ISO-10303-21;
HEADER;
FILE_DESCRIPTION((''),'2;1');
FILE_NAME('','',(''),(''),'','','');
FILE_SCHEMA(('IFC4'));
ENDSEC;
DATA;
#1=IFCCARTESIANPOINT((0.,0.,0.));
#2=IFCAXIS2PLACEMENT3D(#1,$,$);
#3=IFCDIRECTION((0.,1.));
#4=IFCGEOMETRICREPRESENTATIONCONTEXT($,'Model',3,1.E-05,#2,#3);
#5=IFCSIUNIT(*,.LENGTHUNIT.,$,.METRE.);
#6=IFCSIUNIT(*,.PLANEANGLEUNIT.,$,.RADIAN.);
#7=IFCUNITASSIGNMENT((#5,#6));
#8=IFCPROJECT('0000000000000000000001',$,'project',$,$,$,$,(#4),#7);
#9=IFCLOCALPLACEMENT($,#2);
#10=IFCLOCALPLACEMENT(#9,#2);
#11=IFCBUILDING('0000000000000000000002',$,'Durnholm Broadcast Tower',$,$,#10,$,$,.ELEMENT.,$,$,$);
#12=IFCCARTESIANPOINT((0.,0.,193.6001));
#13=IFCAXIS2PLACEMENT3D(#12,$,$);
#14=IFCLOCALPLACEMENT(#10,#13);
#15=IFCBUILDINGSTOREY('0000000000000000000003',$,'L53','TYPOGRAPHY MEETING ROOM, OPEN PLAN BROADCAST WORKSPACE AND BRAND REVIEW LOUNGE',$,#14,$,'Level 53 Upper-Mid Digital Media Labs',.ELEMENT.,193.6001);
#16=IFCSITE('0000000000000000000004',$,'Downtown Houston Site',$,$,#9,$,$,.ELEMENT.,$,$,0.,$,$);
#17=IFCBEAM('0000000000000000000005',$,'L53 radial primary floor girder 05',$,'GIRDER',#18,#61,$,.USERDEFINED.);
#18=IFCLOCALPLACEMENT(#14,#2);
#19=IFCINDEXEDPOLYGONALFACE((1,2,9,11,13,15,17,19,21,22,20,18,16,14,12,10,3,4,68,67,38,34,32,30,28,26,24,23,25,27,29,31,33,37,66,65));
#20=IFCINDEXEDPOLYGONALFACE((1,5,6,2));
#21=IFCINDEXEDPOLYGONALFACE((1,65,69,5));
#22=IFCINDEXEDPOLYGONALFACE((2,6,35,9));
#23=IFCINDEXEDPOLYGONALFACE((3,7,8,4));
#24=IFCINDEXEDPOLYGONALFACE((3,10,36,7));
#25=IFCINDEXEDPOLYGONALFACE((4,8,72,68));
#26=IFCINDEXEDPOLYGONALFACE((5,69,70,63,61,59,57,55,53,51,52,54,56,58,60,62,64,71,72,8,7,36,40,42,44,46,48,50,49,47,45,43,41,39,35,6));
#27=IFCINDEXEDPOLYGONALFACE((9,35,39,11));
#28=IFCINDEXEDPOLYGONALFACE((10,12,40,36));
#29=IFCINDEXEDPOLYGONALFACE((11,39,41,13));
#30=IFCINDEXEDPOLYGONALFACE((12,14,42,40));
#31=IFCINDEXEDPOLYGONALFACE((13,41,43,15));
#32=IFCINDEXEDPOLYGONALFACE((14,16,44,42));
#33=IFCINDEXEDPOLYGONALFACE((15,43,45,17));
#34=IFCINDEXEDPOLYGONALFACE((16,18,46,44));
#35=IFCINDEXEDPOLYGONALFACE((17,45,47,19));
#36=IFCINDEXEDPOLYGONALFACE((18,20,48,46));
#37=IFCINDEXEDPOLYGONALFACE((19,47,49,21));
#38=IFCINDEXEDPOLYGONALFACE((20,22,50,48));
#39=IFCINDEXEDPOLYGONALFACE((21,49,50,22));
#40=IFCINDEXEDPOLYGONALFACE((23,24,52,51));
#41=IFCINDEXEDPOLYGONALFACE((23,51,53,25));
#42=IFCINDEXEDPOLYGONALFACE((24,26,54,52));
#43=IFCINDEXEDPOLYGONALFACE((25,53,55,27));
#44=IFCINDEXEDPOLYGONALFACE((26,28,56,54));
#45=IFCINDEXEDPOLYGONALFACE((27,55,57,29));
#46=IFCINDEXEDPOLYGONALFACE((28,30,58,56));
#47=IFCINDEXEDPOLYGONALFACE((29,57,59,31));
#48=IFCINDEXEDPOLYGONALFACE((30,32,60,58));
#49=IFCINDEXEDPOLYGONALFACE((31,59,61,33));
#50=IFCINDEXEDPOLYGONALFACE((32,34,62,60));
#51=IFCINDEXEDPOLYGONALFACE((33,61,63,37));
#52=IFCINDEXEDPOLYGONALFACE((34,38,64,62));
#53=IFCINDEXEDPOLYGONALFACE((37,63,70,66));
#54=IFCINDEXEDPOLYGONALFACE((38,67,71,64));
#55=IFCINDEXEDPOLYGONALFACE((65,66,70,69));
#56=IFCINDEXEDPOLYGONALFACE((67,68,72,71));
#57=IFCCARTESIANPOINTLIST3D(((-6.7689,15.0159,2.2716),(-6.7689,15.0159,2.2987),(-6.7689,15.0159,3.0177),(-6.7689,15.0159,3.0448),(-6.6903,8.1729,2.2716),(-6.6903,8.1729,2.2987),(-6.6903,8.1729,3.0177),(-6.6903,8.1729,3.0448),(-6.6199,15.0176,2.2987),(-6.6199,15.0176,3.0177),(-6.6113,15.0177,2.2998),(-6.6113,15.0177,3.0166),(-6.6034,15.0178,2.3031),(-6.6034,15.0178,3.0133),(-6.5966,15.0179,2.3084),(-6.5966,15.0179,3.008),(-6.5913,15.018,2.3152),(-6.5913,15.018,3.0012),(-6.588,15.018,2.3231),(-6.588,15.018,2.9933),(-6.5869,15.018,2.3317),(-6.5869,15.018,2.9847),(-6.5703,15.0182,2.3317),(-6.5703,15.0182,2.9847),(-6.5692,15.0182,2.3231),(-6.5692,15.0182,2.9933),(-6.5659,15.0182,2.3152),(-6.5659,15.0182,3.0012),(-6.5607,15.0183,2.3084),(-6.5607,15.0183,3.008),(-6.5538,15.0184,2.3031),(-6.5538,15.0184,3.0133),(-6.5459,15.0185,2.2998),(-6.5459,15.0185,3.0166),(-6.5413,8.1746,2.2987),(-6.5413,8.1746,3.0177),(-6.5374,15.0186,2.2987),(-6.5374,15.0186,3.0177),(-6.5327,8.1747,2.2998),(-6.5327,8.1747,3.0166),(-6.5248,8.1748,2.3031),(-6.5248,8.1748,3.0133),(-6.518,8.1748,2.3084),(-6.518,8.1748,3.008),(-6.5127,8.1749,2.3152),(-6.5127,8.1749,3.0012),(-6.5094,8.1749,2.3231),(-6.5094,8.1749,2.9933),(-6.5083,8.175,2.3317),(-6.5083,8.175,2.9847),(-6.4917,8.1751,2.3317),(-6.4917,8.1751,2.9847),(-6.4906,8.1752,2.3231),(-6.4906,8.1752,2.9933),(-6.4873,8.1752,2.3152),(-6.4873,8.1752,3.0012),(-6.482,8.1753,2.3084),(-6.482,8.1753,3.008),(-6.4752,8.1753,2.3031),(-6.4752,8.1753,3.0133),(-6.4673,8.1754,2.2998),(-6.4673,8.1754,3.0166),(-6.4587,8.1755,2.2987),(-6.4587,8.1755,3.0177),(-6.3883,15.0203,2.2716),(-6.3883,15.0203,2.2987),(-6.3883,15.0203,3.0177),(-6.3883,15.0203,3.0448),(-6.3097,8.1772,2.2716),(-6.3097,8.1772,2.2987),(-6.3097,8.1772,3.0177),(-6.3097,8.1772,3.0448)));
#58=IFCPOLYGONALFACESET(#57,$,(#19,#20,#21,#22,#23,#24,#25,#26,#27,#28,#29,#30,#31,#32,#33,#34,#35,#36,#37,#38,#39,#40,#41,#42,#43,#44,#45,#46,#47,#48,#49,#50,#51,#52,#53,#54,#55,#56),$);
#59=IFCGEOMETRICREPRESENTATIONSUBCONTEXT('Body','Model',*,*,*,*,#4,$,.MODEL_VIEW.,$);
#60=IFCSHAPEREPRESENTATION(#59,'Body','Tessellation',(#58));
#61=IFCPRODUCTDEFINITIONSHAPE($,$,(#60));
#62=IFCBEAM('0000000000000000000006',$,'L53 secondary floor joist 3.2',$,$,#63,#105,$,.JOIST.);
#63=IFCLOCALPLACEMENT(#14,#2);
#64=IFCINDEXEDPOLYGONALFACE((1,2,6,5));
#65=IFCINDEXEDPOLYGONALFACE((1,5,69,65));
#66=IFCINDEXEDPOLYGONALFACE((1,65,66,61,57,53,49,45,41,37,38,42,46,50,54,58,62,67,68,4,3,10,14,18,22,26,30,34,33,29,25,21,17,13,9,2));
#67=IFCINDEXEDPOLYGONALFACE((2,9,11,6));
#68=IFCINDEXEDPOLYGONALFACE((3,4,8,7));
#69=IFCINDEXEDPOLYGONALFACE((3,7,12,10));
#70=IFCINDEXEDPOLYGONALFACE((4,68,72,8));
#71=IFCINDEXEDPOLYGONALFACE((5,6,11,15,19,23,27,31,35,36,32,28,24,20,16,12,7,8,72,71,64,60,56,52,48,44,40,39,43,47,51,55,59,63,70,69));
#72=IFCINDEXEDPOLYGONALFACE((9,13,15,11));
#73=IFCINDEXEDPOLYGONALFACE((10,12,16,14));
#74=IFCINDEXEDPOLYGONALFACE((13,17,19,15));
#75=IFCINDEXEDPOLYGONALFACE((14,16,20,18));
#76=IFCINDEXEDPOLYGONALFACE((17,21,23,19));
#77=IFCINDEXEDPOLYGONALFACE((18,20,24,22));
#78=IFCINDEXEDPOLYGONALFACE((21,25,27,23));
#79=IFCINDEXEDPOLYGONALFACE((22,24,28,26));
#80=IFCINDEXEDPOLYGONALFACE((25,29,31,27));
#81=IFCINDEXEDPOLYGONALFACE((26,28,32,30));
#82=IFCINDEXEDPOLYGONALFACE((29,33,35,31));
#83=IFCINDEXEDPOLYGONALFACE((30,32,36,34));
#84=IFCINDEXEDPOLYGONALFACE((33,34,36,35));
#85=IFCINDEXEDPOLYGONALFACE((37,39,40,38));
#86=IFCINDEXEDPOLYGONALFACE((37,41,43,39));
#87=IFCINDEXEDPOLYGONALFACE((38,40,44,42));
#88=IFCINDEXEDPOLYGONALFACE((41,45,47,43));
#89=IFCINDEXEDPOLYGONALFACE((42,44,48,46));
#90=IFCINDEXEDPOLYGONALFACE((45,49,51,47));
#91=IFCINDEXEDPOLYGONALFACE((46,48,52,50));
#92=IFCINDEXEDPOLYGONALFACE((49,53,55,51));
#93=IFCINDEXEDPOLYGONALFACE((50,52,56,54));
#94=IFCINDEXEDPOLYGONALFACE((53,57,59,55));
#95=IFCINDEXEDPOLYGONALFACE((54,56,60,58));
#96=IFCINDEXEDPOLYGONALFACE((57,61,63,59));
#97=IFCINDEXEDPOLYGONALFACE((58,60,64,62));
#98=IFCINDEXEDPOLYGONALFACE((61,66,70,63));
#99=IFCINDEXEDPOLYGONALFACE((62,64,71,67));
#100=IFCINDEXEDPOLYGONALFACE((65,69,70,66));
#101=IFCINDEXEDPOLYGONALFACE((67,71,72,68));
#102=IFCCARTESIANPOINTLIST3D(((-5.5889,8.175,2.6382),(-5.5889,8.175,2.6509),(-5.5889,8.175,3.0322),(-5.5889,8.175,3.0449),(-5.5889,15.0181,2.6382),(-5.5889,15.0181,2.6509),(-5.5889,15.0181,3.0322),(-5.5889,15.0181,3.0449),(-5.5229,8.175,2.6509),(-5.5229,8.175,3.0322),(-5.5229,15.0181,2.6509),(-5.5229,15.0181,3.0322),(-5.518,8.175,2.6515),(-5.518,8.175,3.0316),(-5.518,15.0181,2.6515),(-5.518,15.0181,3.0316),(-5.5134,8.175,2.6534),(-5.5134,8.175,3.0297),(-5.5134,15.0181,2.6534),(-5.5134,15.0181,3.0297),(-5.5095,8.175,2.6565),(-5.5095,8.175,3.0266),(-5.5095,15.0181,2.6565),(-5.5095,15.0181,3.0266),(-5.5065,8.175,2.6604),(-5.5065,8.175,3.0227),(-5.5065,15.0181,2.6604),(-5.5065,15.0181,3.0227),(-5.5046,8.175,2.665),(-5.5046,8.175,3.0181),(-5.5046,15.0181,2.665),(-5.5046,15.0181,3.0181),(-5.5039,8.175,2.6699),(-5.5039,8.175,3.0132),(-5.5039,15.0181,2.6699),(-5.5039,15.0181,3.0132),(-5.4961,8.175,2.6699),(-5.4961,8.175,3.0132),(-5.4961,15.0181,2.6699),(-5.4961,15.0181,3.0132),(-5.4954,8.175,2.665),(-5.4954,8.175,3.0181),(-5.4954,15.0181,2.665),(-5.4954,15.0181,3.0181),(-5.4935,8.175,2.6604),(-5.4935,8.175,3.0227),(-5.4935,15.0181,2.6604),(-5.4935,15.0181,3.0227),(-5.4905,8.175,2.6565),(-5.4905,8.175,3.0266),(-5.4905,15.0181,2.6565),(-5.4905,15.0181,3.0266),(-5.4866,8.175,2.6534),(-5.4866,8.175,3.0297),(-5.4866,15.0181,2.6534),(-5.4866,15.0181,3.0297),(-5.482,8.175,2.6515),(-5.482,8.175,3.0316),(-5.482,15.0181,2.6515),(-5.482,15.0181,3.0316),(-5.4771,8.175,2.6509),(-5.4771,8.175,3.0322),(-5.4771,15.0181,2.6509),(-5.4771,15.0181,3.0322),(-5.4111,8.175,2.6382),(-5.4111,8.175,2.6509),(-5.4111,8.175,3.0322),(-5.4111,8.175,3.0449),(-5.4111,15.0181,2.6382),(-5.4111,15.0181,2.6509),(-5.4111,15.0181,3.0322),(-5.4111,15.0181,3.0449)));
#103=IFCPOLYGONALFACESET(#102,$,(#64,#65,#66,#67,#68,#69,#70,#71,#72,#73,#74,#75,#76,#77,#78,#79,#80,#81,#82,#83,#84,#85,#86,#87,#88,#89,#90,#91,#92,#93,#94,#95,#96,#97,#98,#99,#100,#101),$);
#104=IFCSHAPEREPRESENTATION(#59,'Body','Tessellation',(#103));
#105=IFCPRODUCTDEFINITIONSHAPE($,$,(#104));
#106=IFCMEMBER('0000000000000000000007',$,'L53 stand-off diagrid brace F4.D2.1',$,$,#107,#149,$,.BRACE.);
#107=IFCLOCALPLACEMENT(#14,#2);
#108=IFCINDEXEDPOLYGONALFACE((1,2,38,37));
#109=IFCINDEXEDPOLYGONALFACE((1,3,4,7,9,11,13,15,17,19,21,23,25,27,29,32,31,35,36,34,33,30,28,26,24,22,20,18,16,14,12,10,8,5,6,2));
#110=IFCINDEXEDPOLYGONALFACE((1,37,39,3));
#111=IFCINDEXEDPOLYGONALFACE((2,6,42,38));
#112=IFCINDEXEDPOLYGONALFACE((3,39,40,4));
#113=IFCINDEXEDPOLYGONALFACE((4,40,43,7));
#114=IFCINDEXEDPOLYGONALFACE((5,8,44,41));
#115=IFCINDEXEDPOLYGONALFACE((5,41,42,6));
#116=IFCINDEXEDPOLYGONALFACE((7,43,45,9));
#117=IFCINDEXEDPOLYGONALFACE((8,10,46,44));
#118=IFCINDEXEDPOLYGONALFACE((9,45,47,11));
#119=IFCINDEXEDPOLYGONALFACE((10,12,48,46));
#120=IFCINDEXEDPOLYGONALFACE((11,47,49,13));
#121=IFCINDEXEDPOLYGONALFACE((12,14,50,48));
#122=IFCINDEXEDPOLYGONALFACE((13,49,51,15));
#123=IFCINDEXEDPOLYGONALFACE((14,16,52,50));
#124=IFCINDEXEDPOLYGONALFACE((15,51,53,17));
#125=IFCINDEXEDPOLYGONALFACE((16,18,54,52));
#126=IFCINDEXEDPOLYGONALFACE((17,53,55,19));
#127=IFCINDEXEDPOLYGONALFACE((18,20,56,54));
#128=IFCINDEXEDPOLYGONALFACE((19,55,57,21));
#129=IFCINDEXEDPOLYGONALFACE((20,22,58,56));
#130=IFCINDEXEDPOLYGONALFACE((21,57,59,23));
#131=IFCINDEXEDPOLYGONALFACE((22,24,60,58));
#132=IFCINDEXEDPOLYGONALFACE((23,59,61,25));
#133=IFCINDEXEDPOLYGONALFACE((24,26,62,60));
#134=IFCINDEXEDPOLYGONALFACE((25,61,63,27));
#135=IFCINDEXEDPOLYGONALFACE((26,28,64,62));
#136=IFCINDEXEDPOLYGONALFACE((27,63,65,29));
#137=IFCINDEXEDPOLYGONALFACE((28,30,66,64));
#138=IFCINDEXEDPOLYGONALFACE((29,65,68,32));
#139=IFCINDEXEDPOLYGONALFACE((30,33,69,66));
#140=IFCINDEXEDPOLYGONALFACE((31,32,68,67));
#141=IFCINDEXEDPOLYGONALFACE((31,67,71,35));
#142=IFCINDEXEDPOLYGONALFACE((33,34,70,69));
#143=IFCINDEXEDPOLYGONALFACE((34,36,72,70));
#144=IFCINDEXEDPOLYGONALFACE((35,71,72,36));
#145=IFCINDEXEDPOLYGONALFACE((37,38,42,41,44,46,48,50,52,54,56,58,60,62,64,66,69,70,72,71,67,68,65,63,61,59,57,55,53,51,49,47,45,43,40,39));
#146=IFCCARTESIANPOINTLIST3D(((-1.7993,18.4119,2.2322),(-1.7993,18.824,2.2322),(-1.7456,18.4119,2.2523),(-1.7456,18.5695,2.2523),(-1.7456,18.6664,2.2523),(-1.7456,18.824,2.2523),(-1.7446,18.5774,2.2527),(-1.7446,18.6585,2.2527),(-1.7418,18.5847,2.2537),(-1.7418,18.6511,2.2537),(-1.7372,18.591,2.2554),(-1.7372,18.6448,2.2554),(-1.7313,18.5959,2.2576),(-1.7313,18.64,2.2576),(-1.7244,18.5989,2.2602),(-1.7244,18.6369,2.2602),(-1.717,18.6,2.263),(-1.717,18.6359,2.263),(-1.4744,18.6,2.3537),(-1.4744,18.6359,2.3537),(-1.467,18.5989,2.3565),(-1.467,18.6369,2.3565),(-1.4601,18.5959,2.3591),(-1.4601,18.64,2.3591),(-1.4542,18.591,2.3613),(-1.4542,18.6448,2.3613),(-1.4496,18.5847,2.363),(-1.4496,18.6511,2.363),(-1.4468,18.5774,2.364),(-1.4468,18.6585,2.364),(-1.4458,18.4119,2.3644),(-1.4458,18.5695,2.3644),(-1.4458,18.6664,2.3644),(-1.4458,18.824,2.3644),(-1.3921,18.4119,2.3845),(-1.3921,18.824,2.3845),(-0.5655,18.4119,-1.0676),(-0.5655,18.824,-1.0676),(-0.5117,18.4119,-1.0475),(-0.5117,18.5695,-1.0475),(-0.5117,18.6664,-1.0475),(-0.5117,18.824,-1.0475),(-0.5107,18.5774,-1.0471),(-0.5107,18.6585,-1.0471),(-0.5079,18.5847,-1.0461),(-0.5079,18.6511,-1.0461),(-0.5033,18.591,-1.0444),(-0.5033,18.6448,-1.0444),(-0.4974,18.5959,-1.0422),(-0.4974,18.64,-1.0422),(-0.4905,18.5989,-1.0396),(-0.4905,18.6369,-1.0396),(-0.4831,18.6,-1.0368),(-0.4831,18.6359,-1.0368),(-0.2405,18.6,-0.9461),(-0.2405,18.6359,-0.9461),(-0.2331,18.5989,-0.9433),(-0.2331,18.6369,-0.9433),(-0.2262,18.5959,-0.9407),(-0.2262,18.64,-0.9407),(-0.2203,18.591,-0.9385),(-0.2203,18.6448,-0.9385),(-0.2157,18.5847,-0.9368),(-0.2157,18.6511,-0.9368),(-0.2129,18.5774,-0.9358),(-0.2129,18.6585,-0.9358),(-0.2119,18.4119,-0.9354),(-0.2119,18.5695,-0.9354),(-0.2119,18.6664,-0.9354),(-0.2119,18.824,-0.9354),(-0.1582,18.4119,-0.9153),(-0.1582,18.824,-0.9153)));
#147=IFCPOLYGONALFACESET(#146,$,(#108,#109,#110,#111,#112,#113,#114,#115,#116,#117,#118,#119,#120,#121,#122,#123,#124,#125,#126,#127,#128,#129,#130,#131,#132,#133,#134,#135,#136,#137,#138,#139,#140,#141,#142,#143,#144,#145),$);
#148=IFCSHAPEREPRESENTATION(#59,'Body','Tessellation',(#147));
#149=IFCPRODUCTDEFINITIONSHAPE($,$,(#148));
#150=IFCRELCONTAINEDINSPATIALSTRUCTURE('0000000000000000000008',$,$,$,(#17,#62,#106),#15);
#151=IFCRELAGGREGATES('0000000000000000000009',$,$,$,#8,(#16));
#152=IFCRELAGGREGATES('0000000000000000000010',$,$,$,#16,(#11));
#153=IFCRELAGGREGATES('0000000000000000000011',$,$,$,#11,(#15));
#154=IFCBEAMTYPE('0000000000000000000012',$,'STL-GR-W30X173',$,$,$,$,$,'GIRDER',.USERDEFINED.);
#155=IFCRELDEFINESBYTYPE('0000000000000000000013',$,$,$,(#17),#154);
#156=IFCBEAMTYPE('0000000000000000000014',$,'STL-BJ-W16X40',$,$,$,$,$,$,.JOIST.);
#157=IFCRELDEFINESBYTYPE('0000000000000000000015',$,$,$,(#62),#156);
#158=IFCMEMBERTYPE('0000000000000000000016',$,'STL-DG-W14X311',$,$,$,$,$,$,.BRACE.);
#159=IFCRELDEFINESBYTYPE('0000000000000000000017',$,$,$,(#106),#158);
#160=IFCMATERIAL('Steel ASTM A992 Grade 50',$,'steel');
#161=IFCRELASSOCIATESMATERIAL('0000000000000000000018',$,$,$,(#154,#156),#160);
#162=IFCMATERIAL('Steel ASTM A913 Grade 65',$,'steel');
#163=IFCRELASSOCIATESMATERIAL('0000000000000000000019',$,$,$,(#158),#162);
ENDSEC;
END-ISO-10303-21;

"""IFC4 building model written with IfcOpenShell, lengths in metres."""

from ifc_helpers import new_model, si_unit, direction, frame, origin, origin_2d, place, context, subcontext, project, spatial, i_section, extrude, source, transform, mapped, material, material_profile, profile_set, type_object, type_shapes, element, save


model = new_model("IFC4")

# Units and contexts
model_context = context("Model", 3, precision=1e-05, world=origin(), true_north=direction((0.0, 1.0)))
body_context = subcontext(model_context, "Body", "Model", "MODEL_VIEW")
ifc_project = project(units=[si_unit("LENGTHUNIT", "METRE"), si_unit("PLANEANGLEUNIT", "RADIAN")], contexts=[model_context])

# Site, building, storey
site_placement = place(None, origin())
site = spatial("IfcSite", under=ifc_project, at=site_placement, Name="Downtown Houston Site", CompositionType="ELEMENT", RefElevation=0.0)
building_placement = place(site_placement, origin())
building = spatial("IfcBuilding", under=site, at=building_placement, Name="Durnholm Broadcast Tower", CompositionType="ELEMENT")
storey_placement = place(building_placement, frame((0.0, 0.0, 193.6001)))
storey = spatial("IfcBuildingStorey", under=building, at=storey_placement, Name="L53", Description="TYPOGRAPHY MEETING ROOM, OPEN PLAN BROADCAST WORKSPACE AND BRAND REVIEW LOUNGE", LongName="Level 53 Upper-Mid Digital Media Labs", CompositionType="ELEMENT", Elevation=193.6001)

# Beams
ifc_material_1 = material(Name="Steel ASTM A992 Grade 50", Category="steel")
ifc_material_profile_1 = material_profile(ifc_material_1, i_section(OverallWidth=0.3806, OverallDepth=0.7732, WebThickness=0.0166, FlangeThickness=0.0271, FilletRadius=0.033, at=origin_2d()), Name="W30X173")
ifc_profile_set_1 = profile_set([ifc_material_profile_1], Name="Steel ASTM A992 Grade 50")
beam_type_1 = type_object("IfcBeamType", Name="STL-GR-W30X173", ElementType="GIRDER", PredefinedType="USERDEFINED", material=ifc_profile_set_1)
shared_shape_1 = source(origin(), body_context, "Body", "SweptSolid", [
    extrude(i_section(OverallWidth=0.3806, OverallDepth=0.7732, WebThickness=0.0166, FlangeThickness=0.0271, FilletRadius=0.033, at=origin_2d()), origin(), (0.0, 0.0, 1.0), 6.8435),
])
beam_1_placement = place(storey_placement, frame((-6.5, 8.175, 2.6582), z_axis=(-0.011487, 0.999934, 0.0), x_axis=(-0.999934, -0.011487, 0.0)))
element("IfcBeam", 1, at=beam_1_placement, inside=storey, type_object=beam_type_1, Name="L53 radial primary floor girder 05", ObjectType="GIRDER", PredefinedType="USERDEFINED", context=body_context, shape_type="MappedRepresentation", body=[
    mapped(shared_shape_1, transform((0.0, 0.0, 0.0), x_axis=(1.0, 0.0, 0.0), y_axis=(0.0, 1.0, 0.0), z_axis=(0.0, 0.0, 1.0), scale=1.0)),
])
ifc_material_profile_2 = material_profile(ifc_material_1, i_section(OverallWidth=0.1777, OverallDepth=0.4067, WebThickness=0.0078, FlangeThickness=0.0127, FilletRadius=0.019, at=origin_2d()), Name="W16X40")
ifc_profile_set_2 = profile_set([ifc_material_profile_2], Name="Steel ASTM A992 Grade 50")
beam_type_2 = type_object("IfcBeamType", Name="STL-BJ-W16X40", PredefinedType="JOIST", material=ifc_profile_set_2)
shared_shape_2 = source(origin(), body_context, "Body", "SweptSolid", [
    extrude(i_section(OverallWidth=0.1777, OverallDepth=0.4067, WebThickness=0.0078, FlangeThickness=0.0127, FilletRadius=0.019, at=origin_2d()), origin(), (0.0, 0.0, 1.0), 6.843),
])
type_shapes(beam_type_2, [shared_shape_2])
beam_2_placement = place(storey_placement, frame((-5.5, 8.175, 2.8416), z_axis=(0.0, 1.0, 0.0), x_axis=(-1.0, 0.0, 0.0)))
element("IfcBeam", 2, at=beam_2_placement, inside=storey, type_object=beam_type_2, Name="L53 secondary floor joist 3.2", PredefinedType="JOIST", context=body_context, shape_type="MappedRepresentation", body=[
    mapped(shared_shape_2, transform((0.0, 0.0, 0.0), x_axis=(1.0, 0.0, 0.0), y_axis=(0.0, 1.0, 0.0), z_axis=(0.0, 0.0, 1.0), scale=1.0)),
])

# Member
ifc_material_2 = material(Name="Steel ASTM A913 Grade 65", Category="steel")
ifc_material_profile_3 = material_profile(ifc_material_2, i_section(OverallWidth=0.4121, OverallDepth=0.4348, WebThickness=0.0359, FlangeThickness=0.0574, FilletRadius=0.0305, at=origin_2d()), Name="W14X311")
ifc_profile_set_3 = profile_set([ifc_material_profile_3], Name="Steel ASTM A913 Grade 65")
member_type_1 = type_object("IfcMemberType", Name="STL-DG-W14X311", PredefinedType="BRACE", material=ifc_profile_set_3)
shared_shape_3 = source(origin(), body_context, "Body", "SweptSolid", [
    extrude(i_section(OverallWidth=0.4121, OverallDepth=0.4348, WebThickness=0.0359, FlangeThickness=0.0574, FilletRadius=0.0305, at=origin_2d()), origin(), (0.0, 0.0, 1.0), 3.5229),
])
type_shapes(member_type_1, [shared_shape_3])
for number, where, z_axis, x_axis, name in (
    (3, (-0.3618, 18.6179, -0.9915), (-0.350242, 0.0, 0.936659), (0.0, -1.0, 0.0), "L53 stand-off diagrid brace F4.D2.1"),
):
    element("IfcMember", number, at=place(storey_placement, frame(where, z_axis=z_axis, x_axis=x_axis)), inside=storey, type_object=member_type_1, Name=name, PredefinedType="BRACE", context=body_context, shape_type="MappedRepresentation", body=[
        mapped(shared_shape_3, transform((0.0, 0.0, 0.0), x_axis=(1.0, 0.0, 0.0), y_axis=(0.0, 1.0, 0.0), z_axis=(0.0, 0.0, 1.0), scale=1.0)),
    ])

save(model, "model.ifc")
